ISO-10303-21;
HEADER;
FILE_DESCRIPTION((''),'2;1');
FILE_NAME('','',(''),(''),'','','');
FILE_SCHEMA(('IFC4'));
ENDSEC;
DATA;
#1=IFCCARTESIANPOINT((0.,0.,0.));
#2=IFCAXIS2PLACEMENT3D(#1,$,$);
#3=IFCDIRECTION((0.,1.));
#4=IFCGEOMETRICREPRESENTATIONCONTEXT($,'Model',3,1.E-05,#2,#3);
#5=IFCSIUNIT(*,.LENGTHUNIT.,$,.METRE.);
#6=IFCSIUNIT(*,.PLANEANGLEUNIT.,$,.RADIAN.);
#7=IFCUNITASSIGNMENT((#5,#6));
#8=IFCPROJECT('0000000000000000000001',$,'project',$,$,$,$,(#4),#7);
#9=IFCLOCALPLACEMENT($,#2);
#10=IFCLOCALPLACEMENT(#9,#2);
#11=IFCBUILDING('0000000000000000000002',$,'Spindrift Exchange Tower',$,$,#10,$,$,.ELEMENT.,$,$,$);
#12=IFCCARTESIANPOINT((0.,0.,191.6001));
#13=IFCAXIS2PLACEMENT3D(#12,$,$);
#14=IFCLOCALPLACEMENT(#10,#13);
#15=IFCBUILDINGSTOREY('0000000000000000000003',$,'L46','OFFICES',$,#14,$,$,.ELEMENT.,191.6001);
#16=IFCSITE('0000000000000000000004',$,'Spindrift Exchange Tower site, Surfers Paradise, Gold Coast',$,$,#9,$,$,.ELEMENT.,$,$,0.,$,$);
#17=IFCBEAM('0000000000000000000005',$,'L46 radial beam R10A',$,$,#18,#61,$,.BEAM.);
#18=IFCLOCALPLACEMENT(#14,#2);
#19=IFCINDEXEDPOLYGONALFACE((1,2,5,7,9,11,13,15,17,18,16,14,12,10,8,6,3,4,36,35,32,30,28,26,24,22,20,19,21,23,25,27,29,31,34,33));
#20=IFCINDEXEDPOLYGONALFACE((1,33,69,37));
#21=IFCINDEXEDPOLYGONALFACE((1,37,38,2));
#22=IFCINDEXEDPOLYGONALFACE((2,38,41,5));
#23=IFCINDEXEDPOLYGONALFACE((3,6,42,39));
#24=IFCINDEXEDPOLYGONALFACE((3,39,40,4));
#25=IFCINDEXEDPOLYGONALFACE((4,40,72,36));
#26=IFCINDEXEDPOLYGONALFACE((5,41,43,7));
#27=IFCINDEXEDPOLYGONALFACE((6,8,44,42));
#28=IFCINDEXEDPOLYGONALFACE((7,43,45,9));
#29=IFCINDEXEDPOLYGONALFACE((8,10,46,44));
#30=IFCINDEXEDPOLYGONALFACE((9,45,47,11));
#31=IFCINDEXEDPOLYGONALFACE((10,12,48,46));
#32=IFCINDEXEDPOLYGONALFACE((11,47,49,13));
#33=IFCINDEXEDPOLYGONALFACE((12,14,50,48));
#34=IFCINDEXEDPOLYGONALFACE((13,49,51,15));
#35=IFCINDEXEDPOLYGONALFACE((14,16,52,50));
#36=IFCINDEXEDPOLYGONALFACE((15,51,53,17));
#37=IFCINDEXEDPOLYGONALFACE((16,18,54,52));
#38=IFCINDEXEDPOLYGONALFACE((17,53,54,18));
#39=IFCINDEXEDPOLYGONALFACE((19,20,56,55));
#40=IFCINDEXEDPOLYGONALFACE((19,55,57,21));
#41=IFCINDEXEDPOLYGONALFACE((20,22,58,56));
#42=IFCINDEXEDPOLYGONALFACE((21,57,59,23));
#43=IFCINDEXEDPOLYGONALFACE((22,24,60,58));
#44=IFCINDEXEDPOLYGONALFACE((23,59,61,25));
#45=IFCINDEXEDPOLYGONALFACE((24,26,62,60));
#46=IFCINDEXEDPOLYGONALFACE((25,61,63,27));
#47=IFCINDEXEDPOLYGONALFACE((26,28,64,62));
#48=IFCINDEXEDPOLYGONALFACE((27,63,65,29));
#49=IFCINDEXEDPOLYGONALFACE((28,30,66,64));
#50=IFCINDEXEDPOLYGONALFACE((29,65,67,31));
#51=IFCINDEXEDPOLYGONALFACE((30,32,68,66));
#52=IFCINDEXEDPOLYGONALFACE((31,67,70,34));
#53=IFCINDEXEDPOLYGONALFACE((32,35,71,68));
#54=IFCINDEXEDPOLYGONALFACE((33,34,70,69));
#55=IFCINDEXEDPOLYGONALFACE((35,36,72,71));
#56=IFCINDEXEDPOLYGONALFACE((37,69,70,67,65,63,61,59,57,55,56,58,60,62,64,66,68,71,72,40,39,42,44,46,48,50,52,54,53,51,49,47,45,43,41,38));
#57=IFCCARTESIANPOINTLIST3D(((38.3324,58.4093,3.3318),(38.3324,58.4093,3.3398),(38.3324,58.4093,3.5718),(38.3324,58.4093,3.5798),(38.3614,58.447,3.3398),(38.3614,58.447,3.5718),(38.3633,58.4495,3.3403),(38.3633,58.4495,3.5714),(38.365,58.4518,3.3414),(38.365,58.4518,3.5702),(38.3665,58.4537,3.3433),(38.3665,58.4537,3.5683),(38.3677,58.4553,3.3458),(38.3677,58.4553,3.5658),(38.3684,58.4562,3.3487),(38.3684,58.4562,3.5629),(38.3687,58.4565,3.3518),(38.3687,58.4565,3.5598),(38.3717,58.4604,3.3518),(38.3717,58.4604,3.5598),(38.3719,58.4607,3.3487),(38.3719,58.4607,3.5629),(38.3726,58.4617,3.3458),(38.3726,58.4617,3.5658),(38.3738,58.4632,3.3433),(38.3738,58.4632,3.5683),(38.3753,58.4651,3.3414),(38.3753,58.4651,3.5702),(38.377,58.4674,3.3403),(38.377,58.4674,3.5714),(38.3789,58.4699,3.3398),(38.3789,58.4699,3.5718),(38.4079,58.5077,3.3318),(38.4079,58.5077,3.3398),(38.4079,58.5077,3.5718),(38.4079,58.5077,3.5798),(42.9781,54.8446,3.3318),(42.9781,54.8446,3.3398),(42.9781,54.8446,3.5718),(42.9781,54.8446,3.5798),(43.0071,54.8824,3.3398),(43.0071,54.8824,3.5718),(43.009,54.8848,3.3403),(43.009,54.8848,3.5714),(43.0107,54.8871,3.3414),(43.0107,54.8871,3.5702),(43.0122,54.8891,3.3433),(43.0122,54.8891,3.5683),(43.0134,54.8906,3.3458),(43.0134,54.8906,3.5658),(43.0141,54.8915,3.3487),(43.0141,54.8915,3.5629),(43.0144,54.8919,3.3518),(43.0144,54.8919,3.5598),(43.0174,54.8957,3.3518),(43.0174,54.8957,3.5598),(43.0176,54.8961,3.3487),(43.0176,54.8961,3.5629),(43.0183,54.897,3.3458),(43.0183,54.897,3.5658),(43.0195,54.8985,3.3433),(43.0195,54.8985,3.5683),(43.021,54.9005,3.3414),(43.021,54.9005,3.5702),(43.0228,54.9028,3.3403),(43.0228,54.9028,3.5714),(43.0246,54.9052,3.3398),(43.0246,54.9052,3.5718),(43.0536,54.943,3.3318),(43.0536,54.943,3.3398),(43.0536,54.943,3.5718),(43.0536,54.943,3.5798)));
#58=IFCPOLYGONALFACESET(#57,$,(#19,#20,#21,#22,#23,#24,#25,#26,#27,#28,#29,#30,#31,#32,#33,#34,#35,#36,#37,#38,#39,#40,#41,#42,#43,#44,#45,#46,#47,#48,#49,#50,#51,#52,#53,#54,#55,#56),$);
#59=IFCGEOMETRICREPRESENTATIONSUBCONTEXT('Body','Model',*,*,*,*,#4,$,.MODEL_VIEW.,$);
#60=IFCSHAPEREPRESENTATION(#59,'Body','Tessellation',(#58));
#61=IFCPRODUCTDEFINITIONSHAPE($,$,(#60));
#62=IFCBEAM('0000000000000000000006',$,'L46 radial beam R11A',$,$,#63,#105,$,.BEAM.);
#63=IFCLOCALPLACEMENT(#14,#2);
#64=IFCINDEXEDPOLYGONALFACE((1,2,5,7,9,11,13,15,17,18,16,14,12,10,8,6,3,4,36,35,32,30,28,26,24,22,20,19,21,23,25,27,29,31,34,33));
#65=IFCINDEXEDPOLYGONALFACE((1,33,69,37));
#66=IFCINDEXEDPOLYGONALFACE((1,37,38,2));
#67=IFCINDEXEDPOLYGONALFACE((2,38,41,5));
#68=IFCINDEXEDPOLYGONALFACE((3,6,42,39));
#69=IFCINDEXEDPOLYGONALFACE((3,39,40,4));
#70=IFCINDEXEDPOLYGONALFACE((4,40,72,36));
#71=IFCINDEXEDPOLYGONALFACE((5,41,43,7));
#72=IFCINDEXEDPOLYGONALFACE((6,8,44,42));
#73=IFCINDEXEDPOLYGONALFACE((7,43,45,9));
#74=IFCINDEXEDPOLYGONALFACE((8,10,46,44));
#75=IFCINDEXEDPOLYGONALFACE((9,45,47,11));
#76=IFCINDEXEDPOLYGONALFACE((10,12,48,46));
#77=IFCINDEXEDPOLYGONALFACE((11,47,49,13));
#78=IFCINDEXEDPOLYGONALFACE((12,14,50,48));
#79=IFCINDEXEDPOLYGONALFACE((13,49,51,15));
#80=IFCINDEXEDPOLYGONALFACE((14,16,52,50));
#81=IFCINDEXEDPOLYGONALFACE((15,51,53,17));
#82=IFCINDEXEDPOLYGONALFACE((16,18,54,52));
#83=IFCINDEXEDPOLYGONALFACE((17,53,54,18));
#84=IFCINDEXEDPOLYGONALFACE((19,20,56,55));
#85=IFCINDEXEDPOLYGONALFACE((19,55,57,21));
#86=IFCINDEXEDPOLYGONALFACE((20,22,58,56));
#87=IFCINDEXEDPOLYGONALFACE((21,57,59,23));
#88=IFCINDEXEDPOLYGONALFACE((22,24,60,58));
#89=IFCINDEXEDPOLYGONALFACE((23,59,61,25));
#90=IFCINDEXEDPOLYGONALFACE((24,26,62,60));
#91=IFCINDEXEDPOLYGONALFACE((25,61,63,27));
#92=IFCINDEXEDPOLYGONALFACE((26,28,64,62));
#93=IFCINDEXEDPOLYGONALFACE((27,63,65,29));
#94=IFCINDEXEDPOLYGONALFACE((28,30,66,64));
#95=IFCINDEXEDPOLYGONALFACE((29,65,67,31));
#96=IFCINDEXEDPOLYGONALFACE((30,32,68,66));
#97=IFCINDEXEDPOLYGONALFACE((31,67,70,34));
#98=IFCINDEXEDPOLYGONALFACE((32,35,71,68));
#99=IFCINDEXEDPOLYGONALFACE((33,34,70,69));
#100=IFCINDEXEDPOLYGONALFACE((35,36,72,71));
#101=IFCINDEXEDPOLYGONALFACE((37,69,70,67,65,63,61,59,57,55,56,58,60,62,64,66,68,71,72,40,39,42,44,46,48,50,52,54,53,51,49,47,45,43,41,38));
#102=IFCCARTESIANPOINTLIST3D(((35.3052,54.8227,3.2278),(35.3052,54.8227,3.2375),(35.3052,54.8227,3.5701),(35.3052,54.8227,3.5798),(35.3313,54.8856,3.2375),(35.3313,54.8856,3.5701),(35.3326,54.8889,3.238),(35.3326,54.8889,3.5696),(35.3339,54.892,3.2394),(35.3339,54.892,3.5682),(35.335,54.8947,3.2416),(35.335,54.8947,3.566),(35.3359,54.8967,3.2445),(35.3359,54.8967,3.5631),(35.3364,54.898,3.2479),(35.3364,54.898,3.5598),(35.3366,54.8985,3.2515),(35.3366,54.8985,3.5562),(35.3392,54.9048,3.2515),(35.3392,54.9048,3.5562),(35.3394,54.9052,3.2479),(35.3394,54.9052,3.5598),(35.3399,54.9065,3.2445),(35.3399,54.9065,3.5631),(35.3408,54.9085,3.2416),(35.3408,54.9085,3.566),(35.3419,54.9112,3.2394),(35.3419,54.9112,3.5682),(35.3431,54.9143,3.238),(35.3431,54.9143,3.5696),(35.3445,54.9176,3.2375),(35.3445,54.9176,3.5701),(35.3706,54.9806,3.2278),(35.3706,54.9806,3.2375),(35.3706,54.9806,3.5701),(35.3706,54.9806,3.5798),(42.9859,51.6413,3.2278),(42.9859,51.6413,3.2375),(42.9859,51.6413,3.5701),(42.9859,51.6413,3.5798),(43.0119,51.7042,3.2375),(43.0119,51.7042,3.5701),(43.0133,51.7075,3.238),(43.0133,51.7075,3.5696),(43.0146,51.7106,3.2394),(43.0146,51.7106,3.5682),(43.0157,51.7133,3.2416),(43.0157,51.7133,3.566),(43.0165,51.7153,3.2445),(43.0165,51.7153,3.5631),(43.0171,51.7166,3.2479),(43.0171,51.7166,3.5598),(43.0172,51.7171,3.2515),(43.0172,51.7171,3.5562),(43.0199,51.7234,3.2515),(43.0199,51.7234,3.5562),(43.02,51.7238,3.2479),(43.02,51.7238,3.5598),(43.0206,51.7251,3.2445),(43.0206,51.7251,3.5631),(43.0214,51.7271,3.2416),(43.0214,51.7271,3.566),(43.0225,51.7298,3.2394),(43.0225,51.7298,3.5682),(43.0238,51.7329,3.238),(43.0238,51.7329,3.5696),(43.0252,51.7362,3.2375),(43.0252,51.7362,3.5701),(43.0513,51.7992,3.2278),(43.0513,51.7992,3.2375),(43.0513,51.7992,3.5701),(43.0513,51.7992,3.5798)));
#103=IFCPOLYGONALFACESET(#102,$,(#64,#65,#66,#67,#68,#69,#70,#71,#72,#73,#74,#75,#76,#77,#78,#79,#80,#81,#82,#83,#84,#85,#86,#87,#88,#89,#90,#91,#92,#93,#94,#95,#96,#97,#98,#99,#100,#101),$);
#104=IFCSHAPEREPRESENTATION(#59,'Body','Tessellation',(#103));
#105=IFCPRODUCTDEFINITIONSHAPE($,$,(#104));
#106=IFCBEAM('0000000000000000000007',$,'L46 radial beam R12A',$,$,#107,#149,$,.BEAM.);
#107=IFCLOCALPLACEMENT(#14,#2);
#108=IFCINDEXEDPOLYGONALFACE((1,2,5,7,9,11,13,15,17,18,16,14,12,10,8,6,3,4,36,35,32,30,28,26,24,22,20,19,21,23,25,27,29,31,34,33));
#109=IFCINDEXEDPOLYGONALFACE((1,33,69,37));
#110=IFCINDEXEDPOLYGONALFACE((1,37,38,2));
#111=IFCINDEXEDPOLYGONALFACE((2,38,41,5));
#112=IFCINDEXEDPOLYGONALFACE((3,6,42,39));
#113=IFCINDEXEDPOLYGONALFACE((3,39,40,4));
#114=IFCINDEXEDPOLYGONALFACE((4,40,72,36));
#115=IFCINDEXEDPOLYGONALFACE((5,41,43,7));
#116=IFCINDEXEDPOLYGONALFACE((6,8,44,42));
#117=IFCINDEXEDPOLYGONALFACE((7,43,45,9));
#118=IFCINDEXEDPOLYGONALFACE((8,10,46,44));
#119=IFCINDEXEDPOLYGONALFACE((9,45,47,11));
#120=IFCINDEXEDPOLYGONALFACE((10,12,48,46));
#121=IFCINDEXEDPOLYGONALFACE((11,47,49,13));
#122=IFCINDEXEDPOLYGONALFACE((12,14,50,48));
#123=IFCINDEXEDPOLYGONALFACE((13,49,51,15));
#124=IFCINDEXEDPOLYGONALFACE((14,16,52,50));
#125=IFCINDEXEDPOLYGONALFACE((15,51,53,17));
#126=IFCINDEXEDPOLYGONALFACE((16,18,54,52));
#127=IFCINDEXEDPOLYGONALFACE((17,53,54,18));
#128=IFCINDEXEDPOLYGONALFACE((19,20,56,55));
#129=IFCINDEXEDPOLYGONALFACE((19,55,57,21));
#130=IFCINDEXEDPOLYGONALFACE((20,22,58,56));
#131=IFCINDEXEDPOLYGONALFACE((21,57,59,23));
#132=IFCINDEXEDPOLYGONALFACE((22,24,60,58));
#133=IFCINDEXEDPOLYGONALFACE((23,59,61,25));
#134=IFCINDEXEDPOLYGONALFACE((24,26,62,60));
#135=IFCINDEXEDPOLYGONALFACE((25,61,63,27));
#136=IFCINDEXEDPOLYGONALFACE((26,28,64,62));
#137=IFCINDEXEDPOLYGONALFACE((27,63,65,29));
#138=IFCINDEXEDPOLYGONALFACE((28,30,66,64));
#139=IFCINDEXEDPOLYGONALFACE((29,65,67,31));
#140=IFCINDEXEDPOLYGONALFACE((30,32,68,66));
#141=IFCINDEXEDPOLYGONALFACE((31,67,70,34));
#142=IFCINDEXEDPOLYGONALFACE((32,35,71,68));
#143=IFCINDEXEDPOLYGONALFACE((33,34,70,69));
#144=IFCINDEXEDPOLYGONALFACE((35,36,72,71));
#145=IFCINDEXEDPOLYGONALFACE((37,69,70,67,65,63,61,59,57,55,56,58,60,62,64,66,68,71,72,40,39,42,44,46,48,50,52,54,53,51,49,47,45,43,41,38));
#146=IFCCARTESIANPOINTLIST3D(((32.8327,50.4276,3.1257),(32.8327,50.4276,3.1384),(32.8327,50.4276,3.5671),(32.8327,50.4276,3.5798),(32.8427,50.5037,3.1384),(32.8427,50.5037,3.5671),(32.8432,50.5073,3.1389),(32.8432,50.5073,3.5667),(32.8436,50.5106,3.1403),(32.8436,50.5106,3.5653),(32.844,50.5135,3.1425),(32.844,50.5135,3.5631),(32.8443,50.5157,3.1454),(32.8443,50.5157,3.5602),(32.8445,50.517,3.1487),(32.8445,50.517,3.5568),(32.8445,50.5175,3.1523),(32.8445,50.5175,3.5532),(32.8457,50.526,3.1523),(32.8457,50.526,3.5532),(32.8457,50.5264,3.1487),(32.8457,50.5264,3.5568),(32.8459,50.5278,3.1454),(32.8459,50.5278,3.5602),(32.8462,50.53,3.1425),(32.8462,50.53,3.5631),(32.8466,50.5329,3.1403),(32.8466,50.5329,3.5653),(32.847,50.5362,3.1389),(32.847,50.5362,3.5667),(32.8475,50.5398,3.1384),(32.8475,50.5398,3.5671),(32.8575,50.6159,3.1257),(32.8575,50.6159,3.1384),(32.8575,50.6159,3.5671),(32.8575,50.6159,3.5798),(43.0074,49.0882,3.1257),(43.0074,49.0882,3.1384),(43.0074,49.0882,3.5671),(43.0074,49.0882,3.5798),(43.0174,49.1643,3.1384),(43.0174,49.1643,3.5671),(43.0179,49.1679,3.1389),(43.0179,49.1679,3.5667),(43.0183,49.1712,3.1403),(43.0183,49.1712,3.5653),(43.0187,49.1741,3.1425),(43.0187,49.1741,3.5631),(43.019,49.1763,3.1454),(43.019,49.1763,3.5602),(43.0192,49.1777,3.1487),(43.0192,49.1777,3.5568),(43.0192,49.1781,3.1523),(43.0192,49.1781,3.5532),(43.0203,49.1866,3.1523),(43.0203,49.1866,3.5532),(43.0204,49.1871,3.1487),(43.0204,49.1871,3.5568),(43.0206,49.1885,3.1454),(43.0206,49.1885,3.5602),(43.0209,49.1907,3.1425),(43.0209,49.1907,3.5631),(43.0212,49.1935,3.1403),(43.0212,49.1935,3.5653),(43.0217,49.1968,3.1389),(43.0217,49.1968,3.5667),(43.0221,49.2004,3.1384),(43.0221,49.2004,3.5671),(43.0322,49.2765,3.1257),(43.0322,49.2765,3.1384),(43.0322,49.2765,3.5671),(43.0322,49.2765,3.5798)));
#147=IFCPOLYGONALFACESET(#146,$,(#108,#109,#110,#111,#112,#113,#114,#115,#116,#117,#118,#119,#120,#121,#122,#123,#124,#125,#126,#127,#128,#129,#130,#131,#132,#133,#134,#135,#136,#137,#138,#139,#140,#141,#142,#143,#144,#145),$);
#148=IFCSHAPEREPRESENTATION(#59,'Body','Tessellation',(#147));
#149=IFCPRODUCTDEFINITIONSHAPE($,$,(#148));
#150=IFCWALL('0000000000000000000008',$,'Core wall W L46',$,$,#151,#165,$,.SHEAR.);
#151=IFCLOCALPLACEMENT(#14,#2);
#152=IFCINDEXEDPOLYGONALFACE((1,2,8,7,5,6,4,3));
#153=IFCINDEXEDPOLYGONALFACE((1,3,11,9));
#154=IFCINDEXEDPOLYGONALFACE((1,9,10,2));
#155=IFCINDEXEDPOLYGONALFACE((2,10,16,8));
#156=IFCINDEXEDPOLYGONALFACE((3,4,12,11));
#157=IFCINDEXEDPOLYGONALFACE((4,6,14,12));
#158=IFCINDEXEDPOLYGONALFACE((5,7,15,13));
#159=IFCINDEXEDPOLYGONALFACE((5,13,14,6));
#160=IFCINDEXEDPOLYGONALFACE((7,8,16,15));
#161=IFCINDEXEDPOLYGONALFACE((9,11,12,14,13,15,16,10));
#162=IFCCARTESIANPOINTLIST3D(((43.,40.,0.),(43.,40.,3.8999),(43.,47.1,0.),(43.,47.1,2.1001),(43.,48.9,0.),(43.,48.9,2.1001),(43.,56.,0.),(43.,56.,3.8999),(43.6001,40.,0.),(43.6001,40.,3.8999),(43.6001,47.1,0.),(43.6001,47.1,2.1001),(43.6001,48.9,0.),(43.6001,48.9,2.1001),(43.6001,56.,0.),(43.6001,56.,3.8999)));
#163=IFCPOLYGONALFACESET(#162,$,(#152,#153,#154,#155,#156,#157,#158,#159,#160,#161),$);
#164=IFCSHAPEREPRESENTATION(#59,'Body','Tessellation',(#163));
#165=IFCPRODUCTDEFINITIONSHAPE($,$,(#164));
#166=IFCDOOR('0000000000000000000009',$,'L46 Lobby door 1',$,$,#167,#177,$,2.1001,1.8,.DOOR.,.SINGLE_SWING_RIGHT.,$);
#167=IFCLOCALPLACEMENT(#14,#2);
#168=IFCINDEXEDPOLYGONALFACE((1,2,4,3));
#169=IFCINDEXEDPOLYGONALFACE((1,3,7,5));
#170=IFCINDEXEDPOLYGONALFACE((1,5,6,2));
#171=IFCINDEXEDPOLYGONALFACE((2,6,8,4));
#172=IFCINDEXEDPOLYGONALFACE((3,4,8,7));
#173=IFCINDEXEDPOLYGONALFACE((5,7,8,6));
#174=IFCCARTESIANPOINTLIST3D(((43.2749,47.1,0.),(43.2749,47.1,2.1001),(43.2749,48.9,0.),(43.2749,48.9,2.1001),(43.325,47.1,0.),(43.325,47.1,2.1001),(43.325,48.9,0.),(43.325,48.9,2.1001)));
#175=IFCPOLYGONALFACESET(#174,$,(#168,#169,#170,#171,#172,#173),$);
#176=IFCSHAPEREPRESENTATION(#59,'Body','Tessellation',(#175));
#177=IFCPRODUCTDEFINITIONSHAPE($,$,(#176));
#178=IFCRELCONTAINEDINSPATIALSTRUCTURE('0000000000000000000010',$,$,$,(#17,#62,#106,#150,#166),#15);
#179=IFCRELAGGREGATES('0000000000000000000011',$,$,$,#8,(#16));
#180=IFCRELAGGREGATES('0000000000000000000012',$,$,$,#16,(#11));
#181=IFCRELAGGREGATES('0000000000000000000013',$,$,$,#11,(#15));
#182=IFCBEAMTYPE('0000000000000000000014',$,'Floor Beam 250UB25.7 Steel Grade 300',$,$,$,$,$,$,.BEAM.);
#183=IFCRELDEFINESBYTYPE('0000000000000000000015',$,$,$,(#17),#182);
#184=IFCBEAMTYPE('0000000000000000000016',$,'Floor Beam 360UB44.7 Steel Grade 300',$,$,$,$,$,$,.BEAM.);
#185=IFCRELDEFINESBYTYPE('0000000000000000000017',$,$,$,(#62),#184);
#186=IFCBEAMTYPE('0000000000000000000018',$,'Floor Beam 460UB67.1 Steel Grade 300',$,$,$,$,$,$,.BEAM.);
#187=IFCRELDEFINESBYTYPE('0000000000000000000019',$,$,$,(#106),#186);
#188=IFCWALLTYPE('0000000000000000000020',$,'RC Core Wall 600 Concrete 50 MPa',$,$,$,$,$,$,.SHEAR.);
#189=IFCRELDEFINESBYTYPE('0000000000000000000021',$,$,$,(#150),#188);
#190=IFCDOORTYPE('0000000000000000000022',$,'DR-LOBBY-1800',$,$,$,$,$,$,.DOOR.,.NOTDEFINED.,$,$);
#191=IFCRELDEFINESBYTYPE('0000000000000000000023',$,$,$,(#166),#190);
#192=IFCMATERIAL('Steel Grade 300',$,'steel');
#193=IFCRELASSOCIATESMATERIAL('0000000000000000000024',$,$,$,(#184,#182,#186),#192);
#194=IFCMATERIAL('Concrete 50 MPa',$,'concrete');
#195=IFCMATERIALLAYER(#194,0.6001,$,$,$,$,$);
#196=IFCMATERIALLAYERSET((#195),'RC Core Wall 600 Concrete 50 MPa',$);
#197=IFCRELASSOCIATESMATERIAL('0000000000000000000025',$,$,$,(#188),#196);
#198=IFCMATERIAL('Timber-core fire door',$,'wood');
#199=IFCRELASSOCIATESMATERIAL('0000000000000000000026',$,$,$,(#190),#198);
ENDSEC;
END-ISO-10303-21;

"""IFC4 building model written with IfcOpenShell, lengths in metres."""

from ifc_helpers import new_model, si_unit, direction, frame, frame_2d, origin, origin_2d, place, context, subcontext, project, spatial, rectangle, i_section, extrude, source, transform, mapped, material, layer, layer_set, material_profile, profile_set, type_object, element, fill, save


model = new_model("IFC4")

# Units and contexts
model_context = context("Model", 3, precision=1e-05, world=origin(), true_north=direction((0.0, 1.0)))
body_context = subcontext(model_context, "Body", "Model", "MODEL_VIEW")
ifc_project = project(units=[si_unit("LENGTHUNIT", "METRE"), si_unit("PLANEANGLEUNIT", "RADIAN")], contexts=[model_context])

# Site, building, storey
site_placement = place(None, origin())
site = spatial("IfcSite", under=ifc_project, at=site_placement, Name="Spindrift Exchange Tower site, Surfers Paradise, Gold Coast", CompositionType="ELEMENT", RefElevation=0.0)
building_placement = place(site_placement, origin())
building = spatial("IfcBuilding", under=site, at=building_placement, Name="Spindrift Exchange Tower", CompositionType="ELEMENT")
storey_placement = place(building_placement, frame((0.0, 0.0, 191.6001)))
storey = spatial("IfcBuildingStorey", under=building, at=storey_placement, Name="L46", Description="OFFICES", CompositionType="ELEMENT", Elevation=191.6001)

# Beams
ifc_material_1 = material(Name="Steel Grade 300", Category="steel")
ifc_material_profile_1 = material_profile(ifc_material_1, i_section(OverallWidth=0.1709, OverallDepth=0.3521, WebThickness=0.0068, FlangeThickness=0.0098, FilletRadius=0.0139, at=origin_2d()), Name="360UB44.7")
ifc_profile_set_1 = profile_set([ifc_material_profile_1], Name="Steel Grade 300")
beam_type_1 = type_object("IfcBeamType", Name="Floor Beam 360UB44.7 Steel Grade 300", PredefinedType="BEAM", material=ifc_profile_set_1)
ifc_material_profile_2 = material_profile(ifc_material_1, i_section(OverallWidth=0.124, OverallDepth=0.248, WebThickness=0.0049, FlangeThickness=0.0081, FilletRadius=0.012, at=origin_2d()), Name="250UB25.7")
ifc_profile_set_2 = profile_set([ifc_material_profile_2], Name="Steel Grade 300")
beam_type_2 = type_object("IfcBeamType", Name="Floor Beam 250UB25.7 Steel Grade 300", PredefinedType="BEAM", material=ifc_profile_set_2)
shared_shape_1 = source(origin(), body_context, "Body", "SweptSolid", [
    extrude(i_section(OverallWidth=0.124, OverallDepth=0.248, WebThickness=0.0049, FlangeThickness=0.0081, FilletRadius=0.012, at=origin_2d()), origin(), (0.0, 0.0, 1.0), 5.8557),
])
beam_1_placement = place(storey_placement, frame((43.0159, 54.8938, 3.4558), z_axis=(-0.793363, 0.608749, 0.0), x_axis=(-0.608749, -0.793363, 0.0)))
element("IfcBeam", 1, at=beam_1_placement, inside=storey, type_object=beam_type_2, Name="L46 radial beam R10A", PredefinedType="BEAM", context=body_context, shape_type="MappedRepresentation", body=[
    mapped(shared_shape_1, transform((0.0, 0.0, 0.0), scale=1.0)),
])
shared_shape_2 = source(origin(), body_context, "Body", "SweptSolid", [
    extrude(i_section(OverallWidth=0.1709, OverallDepth=0.3521, WebThickness=0.0068, FlangeThickness=0.0098, FilletRadius=0.0139, at=origin_2d()), origin(), (0.0, 0.0, 1.0), 8.3135),
])
beam_2_placement = place(storey_placement, frame((43.0186, 51.7202, 3.4038), z_axis=(-0.923881, 0.382679, 0.0), x_axis=(-0.382679, -0.923881, 0.0)))
element("IfcBeam", 2, at=beam_2_placement, inside=storey, type_object=beam_type_1, Name="L46 radial beam R11A", PredefinedType="BEAM", context=body_context, shape_type="MappedRepresentation", body=[
    mapped(shared_shape_2, transform((0.0, 0.0, 0.0), scale=1.0)),
])
ifc_material_profile_3 = material_profile(ifc_material_1, i_section(OverallWidth=0.1899, OverallDepth=0.4541, WebThickness=0.0085, FlangeThickness=0.0127, FilletRadius=0.0139, at=origin_2d()), Name="460UB67.1")
ifc_profile_set_3 = profile_set([ifc_material_profile_3], Name="Steel Grade 300")
beam_type_3 = type_object("IfcBeamType", Name="Floor Beam 460UB67.1 Steel Grade 300", PredefinedType="BEAM", material=ifc_profile_set_3)
shared_shape_3 = source(origin(), body_context, "Body", "SweptSolid", [
    extrude(i_section(OverallWidth=0.1899, OverallDepth=0.4541, WebThickness=0.0085, FlangeThickness=0.0127, FilletRadius=0.0139, at=origin_2d()), origin(), (0.0, 0.0, 1.0), 10.2625),
])
beam_3_placement = place(storey_placement, frame((43.0198, 49.1824, 3.3528), z_axis=(-0.991447, 0.130512, 0.0), x_axis=(-0.130512, -0.991447, 0.0)))
element("IfcBeam", 3, at=beam_3_placement, inside=storey, type_object=beam_type_3, Name="L46 radial beam R12A", PredefinedType="BEAM", context=body_context, shape_type="MappedRepresentation", body=[
    mapped(shared_shape_3, transform((0.0, 0.0, 0.0), scale=1.0)),
])

# Wall, opening, door
ifc_material_2 = material(Name="Concrete 50 MPa", Category="concrete")
ifc_layer_1 = layer(ifc_material_2, 0.6001)
ifc_layer_set_1 = layer_set([ifc_layer_1], Name="RC Core Wall 600 Concrete 50 MPa")
wall_type_1 = type_object("IfcWallType", Name="RC Core Wall 600 Concrete 50 MPa", PredefinedType="SHEAR", material=ifc_layer_set_1)
wall_1_placement = place(storey_placement, frame((43.3, 56.0, 0.0), z_axis=(0.0, 0.0, 1.0), x_axis=(0.0, -1.0, 0.0)))
wall_1 = element("IfcWall", 4, at=wall_1_placement, inside=storey, type_object=wall_type_1, Name="Core wall W L46", PredefinedType="SHEAR", context=body_context, shape_type="SweptSolid", body=[
    extrude(rectangle(XDim=16.0, YDim=0.6001, at=frame_2d((8.0, 0.0))), origin(), (0.0, 0.0, 1.0), 3.8999),
])
opening_1_placement = place(wall_1_placement, frame((7.1001, 0.0, 0.0)))
opening_1 = element("IfcOpeningElement", 5, at=opening_1_placement, cuts=wall_1, PredefinedType="OPENING", context=body_context, shape_type="SweptSolid", body=[
    extrude(rectangle(XDim=1.8, YDim=2.1001, at=frame_2d((0.8999, 1.05))), frame((0.0, 0.3101, 0.0), z_axis=(0.0, -1.0, 0.0), x_axis=(1.0, 0.0, 0.0)), (0.0, 0.0, 1.0), 0.6201),
])
ifc_material_3 = material(Name="Timber-core fire door", Category="wood")
door_type_1 = type_object("IfcDoorType", Name="DR-LOBBY-1800", OperationType="NOTDEFINED", PredefinedType="DOOR", material=ifc_material_3)
shared_shape_4 = source(origin(), body_context, "Body", "SweptSolid", [
    extrude(rectangle(XDim=1.8, YDim=2.1001, at=frame_2d((0.8999, 1.05))), frame((0.0, 0.0249, 0.0), z_axis=(0.0, -1.0, 0.0), x_axis=(1.0, 0.0, 0.0)), (0.0, 0.0, 1.0), 0.05),
])
door_1_placement = place(opening_1_placement, origin())
door_1 = element("IfcDoor", 6, at=door_1_placement, inside=storey, type_object=door_type_1, Name="L46 Lobby door 1", OperationType="SINGLE_SWING_RIGHT", OverallHeight=2.1001, OverallWidth=1.8, PredefinedType="DOOR", context=body_context, shape_type="MappedRepresentation", body=[
    mapped(shared_shape_4, transform((0.0, 0.0, 0.0), scale=1.0)),
])
fill(opening_1, door_1)

save(model, "model.ifc")
